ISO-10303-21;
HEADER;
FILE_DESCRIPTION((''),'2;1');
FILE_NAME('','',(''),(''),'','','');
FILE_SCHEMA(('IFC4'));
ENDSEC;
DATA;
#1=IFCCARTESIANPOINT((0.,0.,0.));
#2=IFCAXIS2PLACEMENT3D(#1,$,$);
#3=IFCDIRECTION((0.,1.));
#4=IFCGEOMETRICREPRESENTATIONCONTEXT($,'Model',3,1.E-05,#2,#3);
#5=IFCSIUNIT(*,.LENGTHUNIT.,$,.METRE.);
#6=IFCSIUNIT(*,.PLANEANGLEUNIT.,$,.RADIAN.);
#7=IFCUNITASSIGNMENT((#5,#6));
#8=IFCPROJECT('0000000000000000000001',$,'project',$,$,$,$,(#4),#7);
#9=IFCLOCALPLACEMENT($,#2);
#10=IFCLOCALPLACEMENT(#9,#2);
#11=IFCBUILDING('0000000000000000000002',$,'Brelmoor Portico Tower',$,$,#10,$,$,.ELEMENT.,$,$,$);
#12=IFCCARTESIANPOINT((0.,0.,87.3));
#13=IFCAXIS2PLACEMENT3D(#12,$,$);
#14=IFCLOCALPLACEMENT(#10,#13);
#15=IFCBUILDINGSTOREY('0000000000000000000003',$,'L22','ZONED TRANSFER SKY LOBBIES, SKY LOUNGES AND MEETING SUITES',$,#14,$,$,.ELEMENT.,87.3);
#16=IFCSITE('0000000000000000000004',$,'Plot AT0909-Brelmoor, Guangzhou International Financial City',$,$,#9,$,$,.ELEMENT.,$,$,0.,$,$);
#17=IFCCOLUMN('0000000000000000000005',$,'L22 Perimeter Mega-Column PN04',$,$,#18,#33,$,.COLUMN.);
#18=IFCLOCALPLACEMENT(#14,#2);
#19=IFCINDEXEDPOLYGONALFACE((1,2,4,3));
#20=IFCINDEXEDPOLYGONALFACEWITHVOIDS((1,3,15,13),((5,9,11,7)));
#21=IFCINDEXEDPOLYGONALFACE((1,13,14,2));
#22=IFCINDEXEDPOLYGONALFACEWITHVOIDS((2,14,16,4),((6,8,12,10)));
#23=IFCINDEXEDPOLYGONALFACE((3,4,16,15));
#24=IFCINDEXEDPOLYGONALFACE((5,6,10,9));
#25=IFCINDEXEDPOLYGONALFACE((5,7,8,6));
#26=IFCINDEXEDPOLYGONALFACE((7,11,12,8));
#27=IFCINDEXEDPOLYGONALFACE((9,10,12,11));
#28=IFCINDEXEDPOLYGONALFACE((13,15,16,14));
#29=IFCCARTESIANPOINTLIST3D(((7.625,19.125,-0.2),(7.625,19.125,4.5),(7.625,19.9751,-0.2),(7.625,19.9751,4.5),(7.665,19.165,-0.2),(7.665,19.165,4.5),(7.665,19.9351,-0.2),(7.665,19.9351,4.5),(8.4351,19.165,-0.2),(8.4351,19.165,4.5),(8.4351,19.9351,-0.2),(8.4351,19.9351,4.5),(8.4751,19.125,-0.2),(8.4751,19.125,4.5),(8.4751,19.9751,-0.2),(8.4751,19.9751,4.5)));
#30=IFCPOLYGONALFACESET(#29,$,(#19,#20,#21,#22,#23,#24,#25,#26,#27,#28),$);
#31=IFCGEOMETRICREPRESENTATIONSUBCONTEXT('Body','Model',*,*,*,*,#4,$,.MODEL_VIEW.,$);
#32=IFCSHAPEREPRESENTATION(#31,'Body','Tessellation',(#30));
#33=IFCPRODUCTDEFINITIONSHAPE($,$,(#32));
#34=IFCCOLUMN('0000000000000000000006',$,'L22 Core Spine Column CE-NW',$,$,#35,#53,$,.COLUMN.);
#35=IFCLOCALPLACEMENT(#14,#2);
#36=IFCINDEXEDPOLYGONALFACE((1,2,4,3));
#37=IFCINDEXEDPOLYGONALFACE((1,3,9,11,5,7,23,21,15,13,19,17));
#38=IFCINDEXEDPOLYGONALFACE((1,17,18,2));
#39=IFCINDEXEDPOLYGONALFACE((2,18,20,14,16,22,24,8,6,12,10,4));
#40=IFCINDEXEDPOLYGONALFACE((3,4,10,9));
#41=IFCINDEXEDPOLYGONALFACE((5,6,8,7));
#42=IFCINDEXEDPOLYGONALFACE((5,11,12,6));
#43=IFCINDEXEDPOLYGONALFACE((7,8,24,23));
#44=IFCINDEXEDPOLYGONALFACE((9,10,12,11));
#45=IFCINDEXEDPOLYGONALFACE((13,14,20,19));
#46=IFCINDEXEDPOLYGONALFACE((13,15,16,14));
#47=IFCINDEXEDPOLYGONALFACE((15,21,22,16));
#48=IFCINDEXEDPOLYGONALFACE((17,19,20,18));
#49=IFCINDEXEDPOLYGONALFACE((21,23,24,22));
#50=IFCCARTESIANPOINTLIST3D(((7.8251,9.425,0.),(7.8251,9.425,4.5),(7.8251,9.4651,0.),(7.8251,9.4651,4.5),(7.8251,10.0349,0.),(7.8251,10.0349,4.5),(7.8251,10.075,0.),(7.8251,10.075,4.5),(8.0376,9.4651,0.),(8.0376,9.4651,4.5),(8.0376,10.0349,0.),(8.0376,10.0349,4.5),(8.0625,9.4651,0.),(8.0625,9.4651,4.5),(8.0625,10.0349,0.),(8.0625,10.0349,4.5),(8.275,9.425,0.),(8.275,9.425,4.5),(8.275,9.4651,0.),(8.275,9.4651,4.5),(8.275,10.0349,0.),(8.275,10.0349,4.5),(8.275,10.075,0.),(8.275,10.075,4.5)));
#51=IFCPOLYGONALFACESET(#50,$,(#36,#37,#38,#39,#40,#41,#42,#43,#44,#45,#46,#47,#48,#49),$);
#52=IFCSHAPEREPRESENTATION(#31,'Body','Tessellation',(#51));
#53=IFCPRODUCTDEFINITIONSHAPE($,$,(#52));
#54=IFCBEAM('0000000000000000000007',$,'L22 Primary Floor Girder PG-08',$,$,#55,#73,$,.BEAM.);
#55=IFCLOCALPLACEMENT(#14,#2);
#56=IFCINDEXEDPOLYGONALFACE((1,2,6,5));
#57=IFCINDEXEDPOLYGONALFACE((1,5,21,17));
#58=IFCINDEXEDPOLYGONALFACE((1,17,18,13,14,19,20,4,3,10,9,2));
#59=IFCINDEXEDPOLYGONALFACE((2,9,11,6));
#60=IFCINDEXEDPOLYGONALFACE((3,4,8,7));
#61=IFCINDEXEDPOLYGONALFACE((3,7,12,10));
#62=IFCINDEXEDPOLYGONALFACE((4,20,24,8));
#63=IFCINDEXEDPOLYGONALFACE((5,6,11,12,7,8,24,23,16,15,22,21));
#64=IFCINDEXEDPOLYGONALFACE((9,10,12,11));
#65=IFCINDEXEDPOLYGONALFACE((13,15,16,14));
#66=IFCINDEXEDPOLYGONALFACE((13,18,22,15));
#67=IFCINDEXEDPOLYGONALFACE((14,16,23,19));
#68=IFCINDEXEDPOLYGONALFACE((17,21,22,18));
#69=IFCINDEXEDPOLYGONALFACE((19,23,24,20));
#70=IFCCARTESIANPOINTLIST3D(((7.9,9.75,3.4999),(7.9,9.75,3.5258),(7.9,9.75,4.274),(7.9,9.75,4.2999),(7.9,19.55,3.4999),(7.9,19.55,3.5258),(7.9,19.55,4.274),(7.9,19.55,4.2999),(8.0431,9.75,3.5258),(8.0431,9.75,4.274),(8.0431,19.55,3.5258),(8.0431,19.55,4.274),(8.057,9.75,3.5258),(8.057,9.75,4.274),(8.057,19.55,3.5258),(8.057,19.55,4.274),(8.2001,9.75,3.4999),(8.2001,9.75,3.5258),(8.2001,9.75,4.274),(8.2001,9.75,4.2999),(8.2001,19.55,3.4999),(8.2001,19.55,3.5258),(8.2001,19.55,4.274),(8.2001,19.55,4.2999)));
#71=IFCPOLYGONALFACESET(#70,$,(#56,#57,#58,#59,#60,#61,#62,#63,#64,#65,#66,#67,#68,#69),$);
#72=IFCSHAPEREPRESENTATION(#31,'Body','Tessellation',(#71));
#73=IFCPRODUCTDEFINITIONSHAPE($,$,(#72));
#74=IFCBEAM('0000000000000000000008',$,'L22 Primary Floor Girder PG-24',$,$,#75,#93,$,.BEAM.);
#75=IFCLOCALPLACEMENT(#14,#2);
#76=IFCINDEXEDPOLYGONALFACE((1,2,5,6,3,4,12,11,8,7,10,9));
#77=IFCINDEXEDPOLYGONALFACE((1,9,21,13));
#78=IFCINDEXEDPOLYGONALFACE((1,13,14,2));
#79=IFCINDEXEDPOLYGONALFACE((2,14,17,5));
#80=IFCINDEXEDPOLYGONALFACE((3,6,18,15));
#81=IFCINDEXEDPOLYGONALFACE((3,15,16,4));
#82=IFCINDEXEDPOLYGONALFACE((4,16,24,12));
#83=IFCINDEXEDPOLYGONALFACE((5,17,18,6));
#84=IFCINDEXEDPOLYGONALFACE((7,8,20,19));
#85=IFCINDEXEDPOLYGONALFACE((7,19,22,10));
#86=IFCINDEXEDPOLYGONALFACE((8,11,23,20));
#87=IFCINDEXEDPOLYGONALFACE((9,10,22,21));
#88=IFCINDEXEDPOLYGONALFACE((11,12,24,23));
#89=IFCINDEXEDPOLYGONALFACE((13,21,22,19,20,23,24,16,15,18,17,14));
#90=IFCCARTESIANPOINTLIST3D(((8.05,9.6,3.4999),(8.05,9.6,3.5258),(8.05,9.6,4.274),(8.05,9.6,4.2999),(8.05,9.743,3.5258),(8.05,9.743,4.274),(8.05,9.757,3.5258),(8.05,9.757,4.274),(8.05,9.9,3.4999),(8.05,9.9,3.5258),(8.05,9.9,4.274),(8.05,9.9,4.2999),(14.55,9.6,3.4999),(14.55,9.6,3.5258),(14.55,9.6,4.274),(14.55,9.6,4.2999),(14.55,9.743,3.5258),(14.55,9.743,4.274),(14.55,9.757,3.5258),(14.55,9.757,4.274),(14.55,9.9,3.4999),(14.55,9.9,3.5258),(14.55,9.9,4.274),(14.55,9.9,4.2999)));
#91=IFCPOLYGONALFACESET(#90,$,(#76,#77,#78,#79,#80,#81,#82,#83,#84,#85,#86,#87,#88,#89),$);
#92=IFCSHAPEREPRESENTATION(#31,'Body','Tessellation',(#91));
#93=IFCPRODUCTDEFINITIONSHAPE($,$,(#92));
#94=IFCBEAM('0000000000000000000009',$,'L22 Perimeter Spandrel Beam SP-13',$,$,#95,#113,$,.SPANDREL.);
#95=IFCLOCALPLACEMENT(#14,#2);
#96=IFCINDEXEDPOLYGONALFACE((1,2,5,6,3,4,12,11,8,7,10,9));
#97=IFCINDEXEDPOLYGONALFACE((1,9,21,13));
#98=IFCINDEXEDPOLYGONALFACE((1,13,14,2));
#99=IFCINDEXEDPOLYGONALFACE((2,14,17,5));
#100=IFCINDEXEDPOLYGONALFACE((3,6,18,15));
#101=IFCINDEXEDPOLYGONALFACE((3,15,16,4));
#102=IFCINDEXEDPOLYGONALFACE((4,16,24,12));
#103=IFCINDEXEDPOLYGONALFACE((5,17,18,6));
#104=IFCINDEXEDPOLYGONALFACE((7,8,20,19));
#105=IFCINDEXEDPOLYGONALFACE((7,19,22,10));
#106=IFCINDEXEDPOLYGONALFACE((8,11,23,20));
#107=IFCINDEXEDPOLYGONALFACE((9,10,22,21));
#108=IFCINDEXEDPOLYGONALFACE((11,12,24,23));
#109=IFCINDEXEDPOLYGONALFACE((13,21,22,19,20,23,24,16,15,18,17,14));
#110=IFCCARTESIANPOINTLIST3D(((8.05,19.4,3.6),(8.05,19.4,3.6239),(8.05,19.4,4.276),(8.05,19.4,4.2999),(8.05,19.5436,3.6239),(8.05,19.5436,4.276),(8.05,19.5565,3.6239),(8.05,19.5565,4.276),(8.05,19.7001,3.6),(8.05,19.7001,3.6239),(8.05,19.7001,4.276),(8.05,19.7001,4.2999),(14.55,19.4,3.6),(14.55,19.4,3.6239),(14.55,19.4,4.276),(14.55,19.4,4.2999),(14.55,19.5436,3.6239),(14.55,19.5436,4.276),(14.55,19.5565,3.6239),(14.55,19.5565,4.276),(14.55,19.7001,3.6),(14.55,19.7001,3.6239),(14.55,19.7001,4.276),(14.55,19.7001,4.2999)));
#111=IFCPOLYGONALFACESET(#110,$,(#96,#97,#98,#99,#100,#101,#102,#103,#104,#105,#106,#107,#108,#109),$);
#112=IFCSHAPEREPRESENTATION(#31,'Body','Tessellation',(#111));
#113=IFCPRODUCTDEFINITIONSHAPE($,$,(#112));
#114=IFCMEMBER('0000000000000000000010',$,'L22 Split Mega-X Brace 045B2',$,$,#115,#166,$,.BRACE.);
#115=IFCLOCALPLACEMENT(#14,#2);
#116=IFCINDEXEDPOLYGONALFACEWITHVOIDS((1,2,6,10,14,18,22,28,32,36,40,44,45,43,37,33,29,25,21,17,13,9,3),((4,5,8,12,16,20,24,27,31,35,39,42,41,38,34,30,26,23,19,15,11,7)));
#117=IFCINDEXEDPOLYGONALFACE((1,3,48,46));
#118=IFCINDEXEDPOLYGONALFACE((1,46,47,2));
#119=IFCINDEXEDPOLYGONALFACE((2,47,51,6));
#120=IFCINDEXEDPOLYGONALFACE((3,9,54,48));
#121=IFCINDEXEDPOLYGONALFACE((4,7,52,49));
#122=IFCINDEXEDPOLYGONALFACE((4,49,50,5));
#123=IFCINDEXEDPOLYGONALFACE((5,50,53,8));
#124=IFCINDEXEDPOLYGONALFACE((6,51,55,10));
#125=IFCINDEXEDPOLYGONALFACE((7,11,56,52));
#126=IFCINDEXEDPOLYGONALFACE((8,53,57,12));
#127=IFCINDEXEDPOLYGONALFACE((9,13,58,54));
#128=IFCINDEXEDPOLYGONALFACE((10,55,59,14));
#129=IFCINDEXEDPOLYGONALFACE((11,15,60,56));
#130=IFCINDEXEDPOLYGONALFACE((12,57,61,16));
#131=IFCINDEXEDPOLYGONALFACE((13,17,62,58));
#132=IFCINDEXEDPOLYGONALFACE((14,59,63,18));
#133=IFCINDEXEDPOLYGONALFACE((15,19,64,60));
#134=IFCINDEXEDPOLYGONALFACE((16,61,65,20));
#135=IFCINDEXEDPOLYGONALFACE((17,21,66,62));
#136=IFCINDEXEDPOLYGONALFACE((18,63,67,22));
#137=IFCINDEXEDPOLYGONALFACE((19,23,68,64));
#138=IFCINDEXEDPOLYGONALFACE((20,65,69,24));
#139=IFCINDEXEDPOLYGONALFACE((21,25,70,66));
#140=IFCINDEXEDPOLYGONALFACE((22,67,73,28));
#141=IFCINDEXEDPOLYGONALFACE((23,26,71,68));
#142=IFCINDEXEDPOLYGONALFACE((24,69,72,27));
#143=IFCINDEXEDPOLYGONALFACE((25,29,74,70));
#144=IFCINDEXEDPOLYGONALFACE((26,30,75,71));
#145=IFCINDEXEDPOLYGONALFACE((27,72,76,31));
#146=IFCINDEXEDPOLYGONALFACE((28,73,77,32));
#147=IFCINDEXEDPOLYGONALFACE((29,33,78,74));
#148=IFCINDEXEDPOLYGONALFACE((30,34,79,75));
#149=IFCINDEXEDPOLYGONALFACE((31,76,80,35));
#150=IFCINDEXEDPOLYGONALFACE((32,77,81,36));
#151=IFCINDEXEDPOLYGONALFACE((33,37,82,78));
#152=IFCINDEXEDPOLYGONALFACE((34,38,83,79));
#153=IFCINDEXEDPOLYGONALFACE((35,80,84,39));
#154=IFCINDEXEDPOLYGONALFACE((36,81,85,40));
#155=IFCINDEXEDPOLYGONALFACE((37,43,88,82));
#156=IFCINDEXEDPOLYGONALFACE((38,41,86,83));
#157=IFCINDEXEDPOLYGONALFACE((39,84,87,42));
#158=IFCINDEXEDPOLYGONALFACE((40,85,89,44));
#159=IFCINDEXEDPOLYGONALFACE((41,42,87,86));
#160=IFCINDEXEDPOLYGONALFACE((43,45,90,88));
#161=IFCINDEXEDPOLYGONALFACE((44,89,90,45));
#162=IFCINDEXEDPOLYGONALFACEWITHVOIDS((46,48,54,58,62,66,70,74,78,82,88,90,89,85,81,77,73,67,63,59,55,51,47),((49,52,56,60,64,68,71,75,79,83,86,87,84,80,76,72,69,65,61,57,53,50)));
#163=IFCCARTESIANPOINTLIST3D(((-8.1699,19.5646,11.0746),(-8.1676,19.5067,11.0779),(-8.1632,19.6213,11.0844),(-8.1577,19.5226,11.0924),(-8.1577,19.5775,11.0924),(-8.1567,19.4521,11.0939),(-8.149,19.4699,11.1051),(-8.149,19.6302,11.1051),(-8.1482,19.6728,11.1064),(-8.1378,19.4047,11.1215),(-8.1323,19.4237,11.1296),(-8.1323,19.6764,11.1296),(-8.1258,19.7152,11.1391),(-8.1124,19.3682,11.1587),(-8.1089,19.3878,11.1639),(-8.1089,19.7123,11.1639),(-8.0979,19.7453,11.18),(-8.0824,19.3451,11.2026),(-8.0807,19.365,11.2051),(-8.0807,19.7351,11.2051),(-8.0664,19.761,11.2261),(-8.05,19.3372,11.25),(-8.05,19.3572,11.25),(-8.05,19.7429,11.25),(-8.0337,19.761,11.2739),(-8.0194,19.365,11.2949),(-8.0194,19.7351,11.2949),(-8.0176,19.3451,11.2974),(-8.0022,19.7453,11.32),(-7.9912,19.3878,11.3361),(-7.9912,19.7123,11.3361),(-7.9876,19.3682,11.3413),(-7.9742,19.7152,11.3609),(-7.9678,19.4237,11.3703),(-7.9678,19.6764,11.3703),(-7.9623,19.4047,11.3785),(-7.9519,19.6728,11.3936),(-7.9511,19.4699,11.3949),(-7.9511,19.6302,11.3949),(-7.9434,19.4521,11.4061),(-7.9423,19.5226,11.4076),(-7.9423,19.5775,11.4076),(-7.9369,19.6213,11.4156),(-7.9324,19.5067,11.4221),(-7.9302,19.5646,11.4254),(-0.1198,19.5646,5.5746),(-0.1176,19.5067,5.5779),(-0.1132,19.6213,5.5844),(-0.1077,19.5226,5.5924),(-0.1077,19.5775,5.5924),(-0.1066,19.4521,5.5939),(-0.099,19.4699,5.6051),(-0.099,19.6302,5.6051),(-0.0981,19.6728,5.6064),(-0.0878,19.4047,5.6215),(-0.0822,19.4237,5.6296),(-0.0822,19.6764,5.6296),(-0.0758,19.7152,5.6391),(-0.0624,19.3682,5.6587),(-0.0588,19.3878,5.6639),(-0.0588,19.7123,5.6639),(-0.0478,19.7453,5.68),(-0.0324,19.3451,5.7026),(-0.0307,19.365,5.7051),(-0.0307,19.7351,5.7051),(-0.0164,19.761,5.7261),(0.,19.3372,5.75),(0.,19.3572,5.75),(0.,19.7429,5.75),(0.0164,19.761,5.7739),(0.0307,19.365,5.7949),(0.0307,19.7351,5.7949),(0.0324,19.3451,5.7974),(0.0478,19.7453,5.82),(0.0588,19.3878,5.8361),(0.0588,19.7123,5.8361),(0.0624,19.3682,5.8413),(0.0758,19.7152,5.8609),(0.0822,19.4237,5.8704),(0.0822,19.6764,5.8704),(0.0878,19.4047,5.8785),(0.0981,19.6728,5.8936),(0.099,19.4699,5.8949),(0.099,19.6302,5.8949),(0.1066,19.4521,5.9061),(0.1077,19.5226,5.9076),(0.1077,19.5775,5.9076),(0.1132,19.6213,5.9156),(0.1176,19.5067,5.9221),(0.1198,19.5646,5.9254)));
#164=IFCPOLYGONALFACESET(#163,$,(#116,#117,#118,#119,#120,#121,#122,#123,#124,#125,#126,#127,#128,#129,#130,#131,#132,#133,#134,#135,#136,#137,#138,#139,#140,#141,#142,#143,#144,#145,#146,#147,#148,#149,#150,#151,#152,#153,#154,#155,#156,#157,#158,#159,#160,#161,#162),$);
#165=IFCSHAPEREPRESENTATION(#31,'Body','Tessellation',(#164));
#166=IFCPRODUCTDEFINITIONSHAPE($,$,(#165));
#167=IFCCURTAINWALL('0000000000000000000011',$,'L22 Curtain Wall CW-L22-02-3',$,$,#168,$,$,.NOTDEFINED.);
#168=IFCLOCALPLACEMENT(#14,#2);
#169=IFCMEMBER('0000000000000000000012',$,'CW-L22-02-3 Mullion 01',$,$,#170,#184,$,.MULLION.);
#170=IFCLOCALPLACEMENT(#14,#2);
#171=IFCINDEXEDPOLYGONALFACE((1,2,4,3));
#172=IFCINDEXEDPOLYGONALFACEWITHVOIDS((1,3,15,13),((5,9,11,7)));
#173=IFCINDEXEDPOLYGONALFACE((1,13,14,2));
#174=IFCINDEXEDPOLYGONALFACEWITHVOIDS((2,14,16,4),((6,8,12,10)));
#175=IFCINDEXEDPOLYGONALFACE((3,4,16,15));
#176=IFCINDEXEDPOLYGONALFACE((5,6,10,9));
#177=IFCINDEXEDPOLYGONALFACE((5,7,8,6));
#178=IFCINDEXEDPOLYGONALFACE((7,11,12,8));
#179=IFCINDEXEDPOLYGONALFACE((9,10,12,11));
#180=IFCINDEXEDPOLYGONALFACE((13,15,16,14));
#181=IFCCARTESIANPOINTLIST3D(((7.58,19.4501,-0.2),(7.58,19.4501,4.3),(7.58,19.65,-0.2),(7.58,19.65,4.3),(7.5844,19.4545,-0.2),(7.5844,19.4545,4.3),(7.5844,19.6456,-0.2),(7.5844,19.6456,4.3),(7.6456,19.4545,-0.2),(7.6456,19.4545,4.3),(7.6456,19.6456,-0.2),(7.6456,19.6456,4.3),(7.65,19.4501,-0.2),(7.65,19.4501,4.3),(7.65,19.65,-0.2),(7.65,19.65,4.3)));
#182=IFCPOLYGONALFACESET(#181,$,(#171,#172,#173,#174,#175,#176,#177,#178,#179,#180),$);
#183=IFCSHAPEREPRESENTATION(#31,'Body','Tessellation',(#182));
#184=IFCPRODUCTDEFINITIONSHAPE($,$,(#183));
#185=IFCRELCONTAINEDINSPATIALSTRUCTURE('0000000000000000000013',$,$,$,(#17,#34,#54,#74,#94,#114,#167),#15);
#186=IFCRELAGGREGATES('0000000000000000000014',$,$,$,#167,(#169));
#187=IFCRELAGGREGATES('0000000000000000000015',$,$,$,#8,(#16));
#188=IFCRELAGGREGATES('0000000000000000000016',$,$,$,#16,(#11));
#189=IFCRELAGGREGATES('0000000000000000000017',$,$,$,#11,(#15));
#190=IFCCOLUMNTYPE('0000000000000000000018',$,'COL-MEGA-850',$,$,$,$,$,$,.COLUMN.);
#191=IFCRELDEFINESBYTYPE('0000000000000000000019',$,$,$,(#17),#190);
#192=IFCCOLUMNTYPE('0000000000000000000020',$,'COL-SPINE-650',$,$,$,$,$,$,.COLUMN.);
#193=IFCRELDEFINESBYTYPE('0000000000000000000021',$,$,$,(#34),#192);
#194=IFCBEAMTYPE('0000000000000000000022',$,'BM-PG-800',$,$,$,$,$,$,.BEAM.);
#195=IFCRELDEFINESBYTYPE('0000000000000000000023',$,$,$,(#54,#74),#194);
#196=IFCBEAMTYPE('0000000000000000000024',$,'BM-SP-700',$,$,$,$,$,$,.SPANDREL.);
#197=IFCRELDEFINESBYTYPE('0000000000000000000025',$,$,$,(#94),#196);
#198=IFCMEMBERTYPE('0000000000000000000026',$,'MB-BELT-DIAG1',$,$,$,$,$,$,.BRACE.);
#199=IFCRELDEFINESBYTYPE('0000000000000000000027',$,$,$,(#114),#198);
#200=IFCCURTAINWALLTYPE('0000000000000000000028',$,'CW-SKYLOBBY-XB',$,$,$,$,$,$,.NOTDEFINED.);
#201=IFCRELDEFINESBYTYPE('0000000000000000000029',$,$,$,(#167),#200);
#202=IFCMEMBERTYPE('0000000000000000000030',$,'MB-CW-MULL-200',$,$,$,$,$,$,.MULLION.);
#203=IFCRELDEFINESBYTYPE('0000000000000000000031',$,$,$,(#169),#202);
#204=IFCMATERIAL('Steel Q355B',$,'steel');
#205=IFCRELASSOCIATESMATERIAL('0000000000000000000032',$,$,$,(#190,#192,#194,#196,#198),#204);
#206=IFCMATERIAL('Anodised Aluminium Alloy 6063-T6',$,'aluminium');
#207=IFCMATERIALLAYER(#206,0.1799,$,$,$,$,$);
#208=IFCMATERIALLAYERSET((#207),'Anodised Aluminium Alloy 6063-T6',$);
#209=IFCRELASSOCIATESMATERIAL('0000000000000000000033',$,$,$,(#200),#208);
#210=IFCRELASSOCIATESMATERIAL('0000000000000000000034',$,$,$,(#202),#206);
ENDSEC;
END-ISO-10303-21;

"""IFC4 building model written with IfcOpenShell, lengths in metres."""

from ifc_helpers import new_model, si_unit, direction, frame, origin, origin_2d, place, context, subcontext, project, spatial, hollow_rectangle, hollow_circle, i_section, extrude, material, layer, layer_set, material_profile, profile_set, type_object, element, aggregate, save


model = new_model("IFC4")

# Units and contexts
model_context = context("Model", 3, precision=1e-05, world=origin(), true_north=direction((0.0, 1.0)))
body_context = subcontext(model_context, "Body", "Model", "MODEL_VIEW")
ifc_project = project(units=[si_unit("LENGTHUNIT", "METRE"), si_unit("PLANEANGLEUNIT", "RADIAN")], contexts=[model_context])

# Site, building, storey
site_placement = place(None, origin())
site = spatial("IfcSite", under=ifc_project, at=site_placement, Name="Plot AT0909-Brelmoor, Guangzhou International Financial City", CompositionType="ELEMENT", RefElevation=0.0)
building_placement = place(site_placement, origin())
building = spatial("IfcBuilding", under=site, at=building_placement, Name="Brelmoor Portico Tower", CompositionType="ELEMENT")
storey_placement = place(building_placement, frame((0.0, 0.0, 87.3)))
storey = spatial("IfcBuildingStorey", under=building, at=storey_placement, Name="L22", Description="ZONED TRANSFER SKY LOBBIES, SKY LOUNGES AND MEETING SUITES", CompositionType="ELEMENT", Elevation=87.3)

# Columns
ifc_material_1 = material(Name="Steel Q355B", Category="steel")
ifc_material_profile_1 = material_profile(ifc_material_1, hollow_rectangle(XDim=0.8501, YDim=0.8501, WallThickness=0.04, at=origin_2d()), Name="BOX 850x850x40")
ifc_profile_set_1 = profile_set([ifc_material_profile_1], Name="Steel Q355B")
column_type_1 = type_object("IfcColumnType", Name="COL-MEGA-850", PredefinedType="COLUMN", material=ifc_profile_set_1)
column_1_placement = place(storey_placement, frame((8.05, 19.55, -0.2), z_axis=(0.0, 0.0, 1.0), x_axis=(1.0, 0.0, 0.0)))
element("IfcColumn", 1, at=column_1_placement, inside=storey, type_object=column_type_1, Name="L22 Perimeter Mega-Column PN04", PredefinedType="COLUMN", context=body_context, shape_type="SweptSolid", body=[
    extrude(hollow_rectangle(XDim=0.8501, YDim=0.8501, WallThickness=0.04, at=origin_2d()), origin(), (0.0, 0.0, 1.0), 4.7),
])
ifc_material_profile_2 = material_profile(ifc_material_1, i_section(OverallWidth=0.45, OverallDepth=0.6499, WebThickness=0.0249, FlangeThickness=0.04, at=origin_2d()), Name="HW 650x450x25x40")
ifc_profile_set_2 = profile_set([ifc_material_profile_2], Name="Steel Q355B")
column_type_2 = type_object("IfcColumnType", Name="COL-SPINE-650", PredefinedType="COLUMN", material=ifc_profile_set_2)
column_2_placement = place(storey_placement, frame((8.05, 9.75, 0.0), z_axis=(0.0, 0.0, 1.0), x_axis=(1.0, 0.0, 0.0)))
element("IfcColumn", 2, at=column_2_placement, inside=storey, type_object=column_type_2, Name="L22 Core Spine Column CE-NW", PredefinedType="COLUMN", context=body_context, shape_type="SweptSolid", body=[
    extrude(i_section(OverallWidth=0.45, OverallDepth=0.6499, WebThickness=0.0249, FlangeThickness=0.04, at=origin_2d()), origin(), (0.0, 0.0, 1.0), 4.5),
])

# Beams
ifc_material_profile_3 = material_profile(ifc_material_1, i_section(OverallWidth=0.3, OverallDepth=0.8, WebThickness=0.0139, FlangeThickness=0.0259, at=origin_2d()), Name="HN 800x300x14x26")
ifc_profile_set_3 = profile_set([ifc_material_profile_3], Name="Steel Q355B")
beam_type_1 = type_object("IfcBeamType", Name="BM-PG-800", PredefinedType="BEAM", material=ifc_profile_set_3)
beam_1_placement = place(storey_placement, frame((8.05, 9.75, 3.8999), z_axis=(0.0, 1.0, 0.0), x_axis=(-1.0, 0.0, 0.0)))
element("IfcBeam", 3, at=beam_1_placement, inside=storey, type_object=beam_type_1, Name="L22 Primary Floor Girder PG-08", PredefinedType="BEAM", context=body_context, shape_type="SweptSolid", body=[
    extrude(i_section(OverallWidth=0.3, OverallDepth=0.8, WebThickness=0.0139, FlangeThickness=0.0259, at=origin_2d()), origin(), (0.0, 0.0, 1.0), 9.8),
])
beam_2_placement = place(storey_placement, frame((8.05, 9.75, 3.8999), z_axis=(1.0, 0.0, 0.0), x_axis=(0.0, 1.0, 0.0)))
element("IfcBeam", 4, at=beam_2_placement, inside=storey, type_object=beam_type_1, Name="L22 Primary Floor Girder PG-24", PredefinedType="BEAM", context=body_context, shape_type="SweptSolid", body=[
    extrude(i_section(OverallWidth=0.3, OverallDepth=0.8, WebThickness=0.0139, FlangeThickness=0.0259, at=origin_2d()), origin(), (0.0, 0.0, 1.0), 6.5),
])
ifc_material_profile_4 = material_profile(ifc_material_1, i_section(OverallWidth=0.3, OverallDepth=0.7, WebThickness=0.0129, FlangeThickness=0.0239, at=origin_2d()), Name="HN 700x300x13x24")
ifc_profile_set_4 = profile_set([ifc_material_profile_4], Name="Steel Q355B")
beam_type_2 = type_object("IfcBeamType", Name="BM-SP-700", PredefinedType="SPANDREL", material=ifc_profile_set_4)
beam_3_placement = place(storey_placement, frame((8.05, 19.55, 3.95), z_axis=(1.0, 0.0, 0.0), x_axis=(0.0, 1.0, 0.0)))
element("IfcBeam", 5, at=beam_3_placement, inside=storey, type_object=beam_type_2, Name="L22 Perimeter Spandrel Beam SP-13", PredefinedType="SPANDREL", context=body_context, shape_type="SweptSolid", body=[
    extrude(i_section(OverallWidth=0.3, OverallDepth=0.7, WebThickness=0.0129, FlangeThickness=0.0239, at=origin_2d()), origin(), (0.0, 0.0, 1.0), 6.5),
])

# Member
ifc_material_profile_5 = material_profile(ifc_material_1, hollow_circle(Radius=0.2129, WallThickness=0.02, at=origin_2d()), Name="CHS 426x20")
ifc_profile_set_5 = profile_set([ifc_material_profile_5], Name="Steel Q355B")
member_type_1 = type_object("IfcMemberType", Name="MB-BELT-DIAG1", PredefinedType="BRACE", material=ifc_profile_set_5)
member_1_placement = place(storey_placement, frame((0.0, 19.55, 5.75), z_axis=(-0.825686, 0.0, 0.56413), x_axis=(0.0, -1.0, 0.0)))
element("IfcMember", 6, at=member_1_placement, inside=storey, type_object=member_type_1, Name="L22 Split Mega-X Brace 045B2", PredefinedType="BRACE", context=body_context, shape_type="SweptSolid", body=[
    extrude(hollow_circle(Radius=0.2129, WallThickness=0.02, at=origin_2d()), origin(), (0.0, 0.0, 1.0), 9.7495),
])

# Curtain wall, member
ifc_material_2 = material(Name="Anodised Aluminium Alloy 6063-T6", Category="aluminium")
ifc_layer_1 = layer(ifc_material_2, 0.1799)
ifc_layer_set_1 = layer_set([ifc_layer_1], Name="Anodised Aluminium Alloy 6063-T6")
curtain_wall_type = type_object("IfcCurtainWallType", Name="CW-SKYLOBBY-XB", PredefinedType="NOTDEFINED", material=ifc_layer_set_1)
curtain_wall_placement = place(storey_placement, origin())
curtain_wall = element("IfcCurtainWall", 7, at=curtain_wall_placement, inside=storey, type_object=curtain_wall_type, Name="L22 Curtain Wall CW-L22-02-3", PredefinedType="NOTDEFINED")
ifc_material_profile_6 = material_profile(ifc_material_2, hollow_rectangle(XDim=0.0701, YDim=0.2, WallThickness=0.0044, at=origin_2d()), Name="ALU MULLION 70x200")
ifc_profile_set_6 = profile_set([ifc_material_profile_6], Name="Anodised Aluminium Alloy 6063-T6")
member_type_2 = type_object("IfcMemberType", Name="MB-CW-MULL-200", PredefinedType="MULLION", material=ifc_profile_set_6)
member_2_placement = place(storey_placement, frame((7.615, 19.55, -0.2), z_axis=(0.0, 0.0, 1.0), x_axis=(1.0, 0.0, 0.0)))
member_2 = element("IfcMember", 8, at=member_2_placement, type_object=member_type_2, Name="CW-L22-02-3 Mullion 01", PredefinedType="MULLION", context=body_context, shape_type="SweptSolid", body=[
    extrude(hollow_rectangle(XDim=0.0701, YDim=0.2, WallThickness=0.0044, at=origin_2d()), origin(), (0.0, 0.0, 1.0), 4.5),
])
aggregate(curtain_wall, [member_2])

save(model, "model.ifc")
